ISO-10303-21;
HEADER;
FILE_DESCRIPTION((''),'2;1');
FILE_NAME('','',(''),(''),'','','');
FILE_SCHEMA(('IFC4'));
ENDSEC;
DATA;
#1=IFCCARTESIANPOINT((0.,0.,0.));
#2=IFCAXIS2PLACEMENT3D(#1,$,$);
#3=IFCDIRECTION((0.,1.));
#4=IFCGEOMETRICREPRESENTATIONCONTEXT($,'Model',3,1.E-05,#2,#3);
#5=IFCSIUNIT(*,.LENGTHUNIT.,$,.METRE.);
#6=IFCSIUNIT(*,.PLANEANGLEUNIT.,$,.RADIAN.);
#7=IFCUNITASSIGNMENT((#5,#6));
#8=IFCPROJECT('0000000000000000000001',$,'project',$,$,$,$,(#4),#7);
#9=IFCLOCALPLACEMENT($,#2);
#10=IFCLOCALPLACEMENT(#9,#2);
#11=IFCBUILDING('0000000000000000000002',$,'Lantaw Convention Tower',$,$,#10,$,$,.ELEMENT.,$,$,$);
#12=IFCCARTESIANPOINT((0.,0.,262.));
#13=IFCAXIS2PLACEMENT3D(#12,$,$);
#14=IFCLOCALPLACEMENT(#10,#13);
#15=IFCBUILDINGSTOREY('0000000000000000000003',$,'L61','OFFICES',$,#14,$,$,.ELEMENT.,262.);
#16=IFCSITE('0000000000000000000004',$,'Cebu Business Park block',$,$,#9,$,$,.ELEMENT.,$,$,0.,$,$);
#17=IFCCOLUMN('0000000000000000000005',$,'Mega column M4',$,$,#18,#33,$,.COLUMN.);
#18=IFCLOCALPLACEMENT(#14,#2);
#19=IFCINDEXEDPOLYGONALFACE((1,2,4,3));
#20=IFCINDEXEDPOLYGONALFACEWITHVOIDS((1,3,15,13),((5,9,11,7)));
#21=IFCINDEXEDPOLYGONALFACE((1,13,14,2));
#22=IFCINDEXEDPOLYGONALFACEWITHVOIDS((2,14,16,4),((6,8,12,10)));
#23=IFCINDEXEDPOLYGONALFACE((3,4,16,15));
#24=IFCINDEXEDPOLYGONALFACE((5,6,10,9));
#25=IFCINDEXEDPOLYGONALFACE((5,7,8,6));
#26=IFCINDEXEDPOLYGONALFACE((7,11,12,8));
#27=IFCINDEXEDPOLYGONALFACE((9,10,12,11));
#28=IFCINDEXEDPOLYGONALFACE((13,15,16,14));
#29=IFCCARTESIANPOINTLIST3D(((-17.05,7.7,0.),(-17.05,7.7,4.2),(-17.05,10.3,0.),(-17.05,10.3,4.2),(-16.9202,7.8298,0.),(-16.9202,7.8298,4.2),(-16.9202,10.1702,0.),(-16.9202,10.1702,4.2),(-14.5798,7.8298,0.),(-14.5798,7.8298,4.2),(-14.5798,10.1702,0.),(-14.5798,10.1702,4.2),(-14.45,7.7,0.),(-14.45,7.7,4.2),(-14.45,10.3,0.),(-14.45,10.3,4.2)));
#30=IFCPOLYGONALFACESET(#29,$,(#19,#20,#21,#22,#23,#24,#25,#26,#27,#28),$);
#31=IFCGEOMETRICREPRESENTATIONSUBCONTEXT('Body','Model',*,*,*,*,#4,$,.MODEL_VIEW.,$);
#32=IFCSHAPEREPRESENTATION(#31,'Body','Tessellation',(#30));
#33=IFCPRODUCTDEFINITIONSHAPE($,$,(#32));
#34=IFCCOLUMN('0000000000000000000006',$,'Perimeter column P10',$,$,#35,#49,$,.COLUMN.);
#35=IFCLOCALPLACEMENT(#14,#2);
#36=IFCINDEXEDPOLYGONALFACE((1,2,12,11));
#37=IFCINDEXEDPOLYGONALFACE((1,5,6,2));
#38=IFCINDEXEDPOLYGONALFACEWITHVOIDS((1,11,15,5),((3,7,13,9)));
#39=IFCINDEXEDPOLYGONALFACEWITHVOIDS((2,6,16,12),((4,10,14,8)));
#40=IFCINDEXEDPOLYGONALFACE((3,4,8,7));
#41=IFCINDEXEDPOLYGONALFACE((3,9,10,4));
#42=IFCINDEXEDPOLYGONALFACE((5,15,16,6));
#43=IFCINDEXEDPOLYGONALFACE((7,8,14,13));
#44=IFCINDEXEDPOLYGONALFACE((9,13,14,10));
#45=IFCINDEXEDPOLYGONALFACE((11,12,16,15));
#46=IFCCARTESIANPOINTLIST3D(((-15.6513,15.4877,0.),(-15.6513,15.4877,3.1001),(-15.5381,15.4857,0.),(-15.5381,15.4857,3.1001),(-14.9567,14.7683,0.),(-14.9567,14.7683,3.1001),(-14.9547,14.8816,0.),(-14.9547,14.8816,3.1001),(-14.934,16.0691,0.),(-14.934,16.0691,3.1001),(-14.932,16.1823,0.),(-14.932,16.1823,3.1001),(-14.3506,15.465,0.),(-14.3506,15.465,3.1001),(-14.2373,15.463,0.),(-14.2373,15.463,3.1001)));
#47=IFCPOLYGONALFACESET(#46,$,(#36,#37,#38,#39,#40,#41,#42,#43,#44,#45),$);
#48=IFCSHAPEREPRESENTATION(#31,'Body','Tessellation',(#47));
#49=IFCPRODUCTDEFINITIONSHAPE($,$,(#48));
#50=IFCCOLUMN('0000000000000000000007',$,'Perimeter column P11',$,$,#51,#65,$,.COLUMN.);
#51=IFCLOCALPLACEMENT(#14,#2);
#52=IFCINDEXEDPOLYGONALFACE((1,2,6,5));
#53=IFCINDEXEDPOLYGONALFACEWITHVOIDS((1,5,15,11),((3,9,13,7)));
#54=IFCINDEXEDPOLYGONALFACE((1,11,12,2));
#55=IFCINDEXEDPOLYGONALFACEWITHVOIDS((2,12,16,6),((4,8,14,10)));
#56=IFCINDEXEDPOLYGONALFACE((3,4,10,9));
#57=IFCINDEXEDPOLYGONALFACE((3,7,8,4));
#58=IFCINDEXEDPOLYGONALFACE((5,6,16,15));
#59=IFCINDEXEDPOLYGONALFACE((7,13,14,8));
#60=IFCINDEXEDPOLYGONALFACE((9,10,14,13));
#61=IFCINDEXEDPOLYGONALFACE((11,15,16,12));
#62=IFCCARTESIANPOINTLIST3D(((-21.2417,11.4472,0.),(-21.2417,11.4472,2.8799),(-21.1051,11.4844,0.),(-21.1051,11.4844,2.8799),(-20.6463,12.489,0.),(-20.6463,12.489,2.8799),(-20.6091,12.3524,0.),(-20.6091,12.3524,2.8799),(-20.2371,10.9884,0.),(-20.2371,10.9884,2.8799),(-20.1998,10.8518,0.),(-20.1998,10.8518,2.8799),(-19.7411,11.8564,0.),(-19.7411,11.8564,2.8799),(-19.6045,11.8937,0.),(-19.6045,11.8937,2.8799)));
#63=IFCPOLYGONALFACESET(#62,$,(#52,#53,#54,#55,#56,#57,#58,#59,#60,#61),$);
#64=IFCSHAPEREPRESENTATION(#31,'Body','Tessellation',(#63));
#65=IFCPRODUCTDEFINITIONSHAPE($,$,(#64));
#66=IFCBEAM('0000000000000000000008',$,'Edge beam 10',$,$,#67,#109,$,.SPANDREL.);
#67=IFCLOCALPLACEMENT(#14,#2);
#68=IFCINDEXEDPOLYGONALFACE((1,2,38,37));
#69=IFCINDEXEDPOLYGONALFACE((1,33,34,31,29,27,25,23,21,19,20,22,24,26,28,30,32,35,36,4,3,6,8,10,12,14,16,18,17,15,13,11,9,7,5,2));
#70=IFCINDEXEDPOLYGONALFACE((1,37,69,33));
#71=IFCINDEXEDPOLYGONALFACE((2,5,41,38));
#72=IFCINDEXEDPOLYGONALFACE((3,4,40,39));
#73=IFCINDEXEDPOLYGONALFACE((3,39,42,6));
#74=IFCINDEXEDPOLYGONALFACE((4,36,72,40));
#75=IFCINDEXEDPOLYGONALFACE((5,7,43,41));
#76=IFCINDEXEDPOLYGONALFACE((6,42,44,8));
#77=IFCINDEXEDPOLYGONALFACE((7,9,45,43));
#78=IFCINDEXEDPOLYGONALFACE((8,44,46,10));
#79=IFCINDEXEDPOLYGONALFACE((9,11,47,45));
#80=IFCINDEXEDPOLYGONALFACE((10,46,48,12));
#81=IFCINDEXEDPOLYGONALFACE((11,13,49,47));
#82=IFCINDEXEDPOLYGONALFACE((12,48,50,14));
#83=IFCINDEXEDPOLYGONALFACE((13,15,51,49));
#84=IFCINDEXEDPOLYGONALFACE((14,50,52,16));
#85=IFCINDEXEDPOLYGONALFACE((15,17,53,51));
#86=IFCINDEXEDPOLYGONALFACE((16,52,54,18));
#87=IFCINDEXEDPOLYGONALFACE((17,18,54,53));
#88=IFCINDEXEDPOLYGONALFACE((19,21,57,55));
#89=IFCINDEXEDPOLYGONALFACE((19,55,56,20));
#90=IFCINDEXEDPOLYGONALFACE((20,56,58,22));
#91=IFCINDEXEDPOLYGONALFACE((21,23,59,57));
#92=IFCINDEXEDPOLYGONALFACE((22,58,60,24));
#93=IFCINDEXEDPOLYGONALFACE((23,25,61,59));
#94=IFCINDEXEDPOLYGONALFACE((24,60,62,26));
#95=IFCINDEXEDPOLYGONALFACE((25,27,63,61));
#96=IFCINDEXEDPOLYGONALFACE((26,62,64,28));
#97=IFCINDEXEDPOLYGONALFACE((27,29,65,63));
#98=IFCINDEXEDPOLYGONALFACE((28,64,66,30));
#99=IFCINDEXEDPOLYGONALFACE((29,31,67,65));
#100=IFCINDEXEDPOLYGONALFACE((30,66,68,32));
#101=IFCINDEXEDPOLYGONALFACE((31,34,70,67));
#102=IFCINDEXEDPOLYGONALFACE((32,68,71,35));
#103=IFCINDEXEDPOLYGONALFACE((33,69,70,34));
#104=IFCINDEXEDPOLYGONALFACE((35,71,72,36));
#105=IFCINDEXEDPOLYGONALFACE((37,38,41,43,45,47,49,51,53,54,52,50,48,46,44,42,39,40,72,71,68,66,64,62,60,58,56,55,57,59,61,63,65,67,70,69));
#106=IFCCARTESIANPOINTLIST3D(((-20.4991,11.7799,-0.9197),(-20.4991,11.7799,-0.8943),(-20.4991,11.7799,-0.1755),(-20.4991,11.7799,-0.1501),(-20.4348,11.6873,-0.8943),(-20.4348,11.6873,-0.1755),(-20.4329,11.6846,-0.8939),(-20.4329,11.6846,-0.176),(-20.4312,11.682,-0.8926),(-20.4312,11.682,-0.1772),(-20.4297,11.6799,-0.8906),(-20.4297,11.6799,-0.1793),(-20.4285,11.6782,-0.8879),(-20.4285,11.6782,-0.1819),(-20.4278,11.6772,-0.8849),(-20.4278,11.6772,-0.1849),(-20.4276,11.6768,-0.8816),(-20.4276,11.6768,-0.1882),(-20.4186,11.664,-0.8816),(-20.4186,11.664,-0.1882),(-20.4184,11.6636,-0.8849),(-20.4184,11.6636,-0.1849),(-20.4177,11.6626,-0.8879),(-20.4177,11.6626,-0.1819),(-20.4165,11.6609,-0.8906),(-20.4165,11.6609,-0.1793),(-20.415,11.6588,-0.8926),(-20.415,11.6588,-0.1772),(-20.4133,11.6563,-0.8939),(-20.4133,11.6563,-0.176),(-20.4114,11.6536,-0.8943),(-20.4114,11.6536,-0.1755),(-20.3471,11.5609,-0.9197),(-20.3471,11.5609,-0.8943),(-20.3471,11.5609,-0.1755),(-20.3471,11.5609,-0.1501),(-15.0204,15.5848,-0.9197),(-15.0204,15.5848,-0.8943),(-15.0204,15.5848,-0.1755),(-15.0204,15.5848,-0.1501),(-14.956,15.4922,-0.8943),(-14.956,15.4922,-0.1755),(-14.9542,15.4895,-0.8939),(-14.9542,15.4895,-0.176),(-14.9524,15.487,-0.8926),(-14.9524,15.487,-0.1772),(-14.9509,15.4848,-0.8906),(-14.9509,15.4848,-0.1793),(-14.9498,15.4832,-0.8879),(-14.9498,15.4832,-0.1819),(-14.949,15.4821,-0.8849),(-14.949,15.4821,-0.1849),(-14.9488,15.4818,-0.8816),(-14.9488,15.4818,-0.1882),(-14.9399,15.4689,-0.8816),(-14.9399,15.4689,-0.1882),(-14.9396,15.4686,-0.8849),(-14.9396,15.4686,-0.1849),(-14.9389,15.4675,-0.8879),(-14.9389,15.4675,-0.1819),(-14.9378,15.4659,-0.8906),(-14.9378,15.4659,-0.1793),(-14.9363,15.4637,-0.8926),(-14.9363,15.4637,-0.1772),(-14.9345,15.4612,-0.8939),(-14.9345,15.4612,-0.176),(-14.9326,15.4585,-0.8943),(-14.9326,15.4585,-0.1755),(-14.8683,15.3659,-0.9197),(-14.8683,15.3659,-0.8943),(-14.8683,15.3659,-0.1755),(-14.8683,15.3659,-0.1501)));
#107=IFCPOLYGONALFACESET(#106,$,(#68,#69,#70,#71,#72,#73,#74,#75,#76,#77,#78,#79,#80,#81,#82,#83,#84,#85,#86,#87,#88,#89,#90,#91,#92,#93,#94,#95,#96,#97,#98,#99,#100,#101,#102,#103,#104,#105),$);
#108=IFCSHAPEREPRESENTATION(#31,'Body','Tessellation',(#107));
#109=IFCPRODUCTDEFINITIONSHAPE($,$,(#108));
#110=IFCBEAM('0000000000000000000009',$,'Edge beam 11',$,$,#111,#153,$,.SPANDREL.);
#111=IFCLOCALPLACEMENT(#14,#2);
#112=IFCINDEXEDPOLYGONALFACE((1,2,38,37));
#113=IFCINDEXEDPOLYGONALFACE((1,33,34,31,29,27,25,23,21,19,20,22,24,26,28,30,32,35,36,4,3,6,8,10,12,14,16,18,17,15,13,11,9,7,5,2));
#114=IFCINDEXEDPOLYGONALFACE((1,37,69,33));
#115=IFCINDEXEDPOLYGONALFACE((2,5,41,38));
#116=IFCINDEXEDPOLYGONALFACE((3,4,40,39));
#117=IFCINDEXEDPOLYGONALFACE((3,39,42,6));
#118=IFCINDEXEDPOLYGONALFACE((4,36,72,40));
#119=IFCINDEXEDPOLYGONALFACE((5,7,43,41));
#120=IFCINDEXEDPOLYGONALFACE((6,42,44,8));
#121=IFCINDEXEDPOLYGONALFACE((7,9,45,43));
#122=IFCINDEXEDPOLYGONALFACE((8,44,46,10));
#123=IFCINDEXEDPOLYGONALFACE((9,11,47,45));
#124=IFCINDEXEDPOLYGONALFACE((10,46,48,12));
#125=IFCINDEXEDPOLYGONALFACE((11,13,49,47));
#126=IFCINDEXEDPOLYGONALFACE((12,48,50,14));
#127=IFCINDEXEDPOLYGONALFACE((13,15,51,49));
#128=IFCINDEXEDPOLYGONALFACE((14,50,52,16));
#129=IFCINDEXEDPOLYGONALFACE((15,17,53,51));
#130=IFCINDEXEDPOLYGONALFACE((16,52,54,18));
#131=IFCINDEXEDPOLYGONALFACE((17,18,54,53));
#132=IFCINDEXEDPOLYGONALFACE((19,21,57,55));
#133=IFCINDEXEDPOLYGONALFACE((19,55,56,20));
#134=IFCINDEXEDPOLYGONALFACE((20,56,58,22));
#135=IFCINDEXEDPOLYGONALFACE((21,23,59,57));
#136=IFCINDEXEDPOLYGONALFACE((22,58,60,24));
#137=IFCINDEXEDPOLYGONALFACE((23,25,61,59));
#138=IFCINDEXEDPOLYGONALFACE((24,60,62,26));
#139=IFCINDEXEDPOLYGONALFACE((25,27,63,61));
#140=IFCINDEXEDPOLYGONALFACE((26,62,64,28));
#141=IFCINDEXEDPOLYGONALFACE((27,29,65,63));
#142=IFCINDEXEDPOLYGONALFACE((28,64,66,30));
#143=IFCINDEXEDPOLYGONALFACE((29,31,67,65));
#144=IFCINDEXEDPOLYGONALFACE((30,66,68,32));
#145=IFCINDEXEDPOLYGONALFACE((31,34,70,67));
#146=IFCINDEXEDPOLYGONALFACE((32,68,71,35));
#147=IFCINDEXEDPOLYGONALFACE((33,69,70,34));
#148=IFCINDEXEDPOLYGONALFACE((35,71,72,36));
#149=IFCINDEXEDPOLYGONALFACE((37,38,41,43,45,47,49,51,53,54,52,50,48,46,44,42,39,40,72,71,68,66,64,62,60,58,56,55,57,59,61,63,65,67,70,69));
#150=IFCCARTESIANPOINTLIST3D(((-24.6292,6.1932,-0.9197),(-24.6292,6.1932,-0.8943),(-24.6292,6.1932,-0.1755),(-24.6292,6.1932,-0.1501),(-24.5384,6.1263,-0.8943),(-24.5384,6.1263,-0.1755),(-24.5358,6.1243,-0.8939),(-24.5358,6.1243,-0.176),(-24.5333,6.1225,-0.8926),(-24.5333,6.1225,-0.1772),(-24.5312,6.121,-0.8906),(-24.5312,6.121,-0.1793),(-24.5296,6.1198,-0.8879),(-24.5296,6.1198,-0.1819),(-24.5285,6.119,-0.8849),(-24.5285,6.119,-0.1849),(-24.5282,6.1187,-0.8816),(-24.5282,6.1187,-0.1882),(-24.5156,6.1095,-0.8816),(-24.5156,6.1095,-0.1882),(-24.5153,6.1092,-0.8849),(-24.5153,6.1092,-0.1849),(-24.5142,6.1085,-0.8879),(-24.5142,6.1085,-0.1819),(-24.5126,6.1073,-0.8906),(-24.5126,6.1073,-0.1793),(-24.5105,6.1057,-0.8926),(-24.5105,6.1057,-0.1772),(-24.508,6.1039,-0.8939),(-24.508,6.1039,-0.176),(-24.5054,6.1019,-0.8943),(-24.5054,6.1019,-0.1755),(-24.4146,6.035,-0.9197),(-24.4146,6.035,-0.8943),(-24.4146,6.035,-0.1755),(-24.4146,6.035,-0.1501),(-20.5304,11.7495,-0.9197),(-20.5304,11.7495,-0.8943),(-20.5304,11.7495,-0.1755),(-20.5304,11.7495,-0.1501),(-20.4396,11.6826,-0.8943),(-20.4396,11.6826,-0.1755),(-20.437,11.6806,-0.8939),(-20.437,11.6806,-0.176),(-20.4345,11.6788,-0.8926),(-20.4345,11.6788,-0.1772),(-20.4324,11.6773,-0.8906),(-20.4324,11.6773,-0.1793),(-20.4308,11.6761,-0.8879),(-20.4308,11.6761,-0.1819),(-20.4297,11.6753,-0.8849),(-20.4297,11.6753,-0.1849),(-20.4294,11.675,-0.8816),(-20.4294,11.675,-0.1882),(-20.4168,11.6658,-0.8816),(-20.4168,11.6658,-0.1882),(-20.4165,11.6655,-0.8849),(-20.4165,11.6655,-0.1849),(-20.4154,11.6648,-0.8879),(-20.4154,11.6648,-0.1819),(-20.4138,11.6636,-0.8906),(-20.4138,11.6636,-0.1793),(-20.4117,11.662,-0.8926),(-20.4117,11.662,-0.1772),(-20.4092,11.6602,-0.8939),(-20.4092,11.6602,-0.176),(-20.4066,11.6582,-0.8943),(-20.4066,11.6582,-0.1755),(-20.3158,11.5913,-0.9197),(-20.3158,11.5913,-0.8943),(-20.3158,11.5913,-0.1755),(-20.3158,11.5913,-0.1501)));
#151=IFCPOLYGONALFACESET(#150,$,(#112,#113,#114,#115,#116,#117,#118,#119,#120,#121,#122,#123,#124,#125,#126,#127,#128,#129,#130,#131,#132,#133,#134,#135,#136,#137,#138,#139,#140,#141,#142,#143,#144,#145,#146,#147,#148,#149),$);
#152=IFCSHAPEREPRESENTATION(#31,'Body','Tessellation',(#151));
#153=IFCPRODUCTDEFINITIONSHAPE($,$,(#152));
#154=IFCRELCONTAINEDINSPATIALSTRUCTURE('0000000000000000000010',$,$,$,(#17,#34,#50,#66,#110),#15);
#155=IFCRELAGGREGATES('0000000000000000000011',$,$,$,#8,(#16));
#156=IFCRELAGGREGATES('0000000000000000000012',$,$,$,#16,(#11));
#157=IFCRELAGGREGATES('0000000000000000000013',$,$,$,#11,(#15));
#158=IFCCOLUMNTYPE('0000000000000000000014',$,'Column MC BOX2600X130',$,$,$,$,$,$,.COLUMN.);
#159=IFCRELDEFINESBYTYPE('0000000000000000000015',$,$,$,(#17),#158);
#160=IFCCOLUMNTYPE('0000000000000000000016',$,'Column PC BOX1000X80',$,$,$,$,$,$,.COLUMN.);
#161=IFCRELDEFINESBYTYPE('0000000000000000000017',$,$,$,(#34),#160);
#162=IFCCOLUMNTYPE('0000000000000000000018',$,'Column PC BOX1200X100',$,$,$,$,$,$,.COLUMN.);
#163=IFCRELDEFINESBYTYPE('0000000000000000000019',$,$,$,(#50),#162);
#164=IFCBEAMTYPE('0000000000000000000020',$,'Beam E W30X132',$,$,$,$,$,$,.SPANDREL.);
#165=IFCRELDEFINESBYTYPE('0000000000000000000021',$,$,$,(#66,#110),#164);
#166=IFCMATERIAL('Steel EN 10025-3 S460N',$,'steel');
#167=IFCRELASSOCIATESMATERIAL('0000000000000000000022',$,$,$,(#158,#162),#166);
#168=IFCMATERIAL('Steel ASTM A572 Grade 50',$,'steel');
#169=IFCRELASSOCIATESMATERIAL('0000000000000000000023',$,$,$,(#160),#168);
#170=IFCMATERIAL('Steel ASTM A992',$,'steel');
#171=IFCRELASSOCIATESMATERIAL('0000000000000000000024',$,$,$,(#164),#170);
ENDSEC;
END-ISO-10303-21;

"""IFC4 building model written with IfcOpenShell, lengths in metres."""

from ifc_helpers import new_model, si_unit, direction, frame, origin, origin_2d, place, context, subcontext, project, spatial, rectangle, hollow_rectangle, i_section, extrude, material, material_profile, profile_set, type_object, element, save


model = new_model("IFC4")

# Units and contexts
model_context = context("Model", 3, precision=1e-05, world=origin(), true_north=direction((0.0, 1.0)))
body_context = subcontext(model_context, "Body", "Model", "MODEL_VIEW")
ifc_project = project(units=[si_unit("LENGTHUNIT", "METRE"), si_unit("PLANEANGLEUNIT", "RADIAN")], contexts=[model_context])

# Site, building, storey
site_placement = place(None, origin())
site = spatial("IfcSite", under=ifc_project, at=site_placement, Name="Cebu Business Park block", CompositionType="ELEMENT", RefElevation=0.0)
building_placement = place(site_placement, origin())
building = spatial("IfcBuilding", under=site, at=building_placement, Name="Lantaw Convention Tower", CompositionType="ELEMENT")
storey_placement = place(building_placement, frame((0.0, 0.0, 262.0)))
storey = spatial("IfcBuildingStorey", under=building, at=storey_placement, Name="L61", Description="OFFICES", CompositionType="ELEMENT", Elevation=262.0)

# Columns
ifc_material_1 = material(Name="Steel EN 10025-3 S460N", Category="steel")
ifc_material_profile_1 = material_profile(ifc_material_1, hollow_rectangle(XDim=2.6001, YDim=2.6001, WallThickness=0.1299, at=origin_2d()), Name="BOX2600X130")
ifc_material_2 = material(Name="Concrete C60/75", Category="concrete")
ifc_material_profile_2 = material_profile(ifc_material_2, rectangle(XDim=2.3401, YDim=2.3401, at=origin_2d()), Name="Concrete fill of BOX2600X130")
ifc_profile_set_1 = profile_set([ifc_material_profile_1, ifc_material_profile_2], Name="Steel EN 10025-3 S460N")
column_type_1 = type_object("IfcColumnType", Name="Column MC BOX2600X130", PredefinedType="COLUMN", material=ifc_profile_set_1)
column_1_placement = place(storey_placement, frame((-15.75, 9.0, 0.0), z_axis=(0.0, 0.0, 1.0), x_axis=(1.0, 0.0, 0.0)))
element("IfcColumn", 1, at=column_1_placement, inside=storey, type_object=column_type_1, Name="Mega column M4", PredefinedType="COLUMN", context=body_context, shape_type="SweptSolid", body=[
    extrude(hollow_rectangle(XDim=2.6001, YDim=2.6001, WallThickness=0.1299, at=origin_2d()), origin(), (0.0, 0.0, 1.0), 4.2),
])
ifc_material_3 = material(Name="Steel ASTM A572 Grade 50", Category="steel")
ifc_material_profile_3 = material_profile(ifc_material_3, hollow_rectangle(XDim=1.0, YDim=1.0, WallThickness=0.0801, at=origin_2d()), Name="BOX1000X80")
ifc_material_profile_4 = material_profile(ifc_material_2, rectangle(XDim=0.8401, YDim=0.8401, at=origin_2d()), Name="Concrete fill of BOX1000X80")
ifc_profile_set_2 = profile_set([ifc_material_profile_3, ifc_material_profile_4], Name="Steel ASTM A572 Grade 50")
column_type_2 = type_object("IfcColumnType", Name="Column PC BOX1000X80", PredefinedType="COLUMN", material=ifc_profile_set_2)
column_2_placement = place(storey_placement, frame((-14.9443, 15.4753, 0.0), z_axis=(0.0, 0.0, 1.0), x_axis=(0.71934, 0.694658, 0.0)))
element("IfcColumn", 2, at=column_2_placement, inside=storey, type_object=column_type_2, Name="Perimeter column P10", PredefinedType="COLUMN", context=body_context, shape_type="SweptSolid", body=[
    extrude(hollow_rectangle(XDim=1.0, YDim=1.0, WallThickness=0.0801, at=origin_2d()), origin(), (0.0, 0.0, 1.0), 3.1001),
])
ifc_material_profile_5 = material_profile(ifc_material_1, hollow_rectangle(XDim=1.2, YDim=1.2, WallThickness=0.1001, at=origin_2d()), Name="BOX1200X100")
ifc_material_profile_6 = material_profile(ifc_material_2, rectangle(XDim=1.0, YDim=1.0, at=origin_2d()), Name="Concrete fill of BOX1200X100")
ifc_profile_set_3 = profile_set([ifc_material_profile_5, ifc_material_profile_6], Name="Steel EN 10025-3 S460N")
column_type_3 = type_object("IfcColumnType", Name="Column PC BOX1200X100", PredefinedType="COLUMN", material=ifc_profile_set_3)
column_3_placement = place(storey_placement, frame((-20.4231, 11.6704, 0.0), z_axis=(0.0, 0.0, 1.0), x_axis=(0.496139, 0.868243, 0.0)))
element("IfcColumn", 3, at=column_3_placement, inside=storey, type_object=column_type_3, Name="Perimeter column P11", PredefinedType="COLUMN", context=body_context, shape_type="SweptSolid", body=[
    extrude(hollow_rectangle(XDim=1.2, YDim=1.2, WallThickness=0.1001, at=origin_2d()), origin(), (0.0, 0.0, 1.0), 2.8799),
])

# Beams
ifc_material_4 = material(Name="Steel ASTM A992", Category="steel")
ifc_material_profile_7 = material_profile(ifc_material_4, i_section(OverallWidth=0.2666, OverallDepth=0.7695, WebThickness=0.0156, FlangeThickness=0.0254, FilletRadius=0.0127, at=origin_2d()), Name="W30X132")
ifc_profile_set_4 = profile_set([ifc_material_profile_7], Name="Steel ASTM A992")
beam_type_1 = type_object("IfcBeamType", Name="Beam E W30X132", PredefinedType="SPANDREL", material=ifc_profile_set_4)
beam_1_placement = place(storey_placement, frame((-14.9443, 15.4753, -0.5349), z_axis=(-0.821353, -0.57042, 0.0), x_axis=(0.57042, -0.821353, 0.0)))
element("IfcBeam", 4, at=beam_1_placement, inside=storey, type_object=beam_type_1, Name="Edge beam 10", PredefinedType="SPANDREL", context=body_context, shape_type="SweptSolid", body=[
    extrude(i_section(OverallWidth=0.2666, OverallDepth=0.7695, WebThickness=0.0156, FlangeThickness=0.0254, FilletRadius=0.0127, at=origin_2d()), origin(), (0.0, 0.0, 1.0), 6.6704),
])
beam_2_placement = place(storey_placement, frame((-20.4231, 11.6704, -0.5349), z_axis=(-0.593639, -0.804731, 0.0), x_axis=(0.804731, -0.593639, 0.0)))
element("IfcBeam", 5, at=beam_2_placement, inside=storey, type_object=beam_type_1, Name="Edge beam 11", PredefinedType="SPANDREL", context=body_context, shape_type="SweptSolid", body=[
    extrude(i_section(OverallWidth=0.2666, OverallDepth=0.7695, WebThickness=0.0156, FlangeThickness=0.0254, FilletRadius=0.0127, at=origin_2d()), origin(), (0.0, 0.0, 1.0), 6.9045),
])

save(model, "model.ifc")
